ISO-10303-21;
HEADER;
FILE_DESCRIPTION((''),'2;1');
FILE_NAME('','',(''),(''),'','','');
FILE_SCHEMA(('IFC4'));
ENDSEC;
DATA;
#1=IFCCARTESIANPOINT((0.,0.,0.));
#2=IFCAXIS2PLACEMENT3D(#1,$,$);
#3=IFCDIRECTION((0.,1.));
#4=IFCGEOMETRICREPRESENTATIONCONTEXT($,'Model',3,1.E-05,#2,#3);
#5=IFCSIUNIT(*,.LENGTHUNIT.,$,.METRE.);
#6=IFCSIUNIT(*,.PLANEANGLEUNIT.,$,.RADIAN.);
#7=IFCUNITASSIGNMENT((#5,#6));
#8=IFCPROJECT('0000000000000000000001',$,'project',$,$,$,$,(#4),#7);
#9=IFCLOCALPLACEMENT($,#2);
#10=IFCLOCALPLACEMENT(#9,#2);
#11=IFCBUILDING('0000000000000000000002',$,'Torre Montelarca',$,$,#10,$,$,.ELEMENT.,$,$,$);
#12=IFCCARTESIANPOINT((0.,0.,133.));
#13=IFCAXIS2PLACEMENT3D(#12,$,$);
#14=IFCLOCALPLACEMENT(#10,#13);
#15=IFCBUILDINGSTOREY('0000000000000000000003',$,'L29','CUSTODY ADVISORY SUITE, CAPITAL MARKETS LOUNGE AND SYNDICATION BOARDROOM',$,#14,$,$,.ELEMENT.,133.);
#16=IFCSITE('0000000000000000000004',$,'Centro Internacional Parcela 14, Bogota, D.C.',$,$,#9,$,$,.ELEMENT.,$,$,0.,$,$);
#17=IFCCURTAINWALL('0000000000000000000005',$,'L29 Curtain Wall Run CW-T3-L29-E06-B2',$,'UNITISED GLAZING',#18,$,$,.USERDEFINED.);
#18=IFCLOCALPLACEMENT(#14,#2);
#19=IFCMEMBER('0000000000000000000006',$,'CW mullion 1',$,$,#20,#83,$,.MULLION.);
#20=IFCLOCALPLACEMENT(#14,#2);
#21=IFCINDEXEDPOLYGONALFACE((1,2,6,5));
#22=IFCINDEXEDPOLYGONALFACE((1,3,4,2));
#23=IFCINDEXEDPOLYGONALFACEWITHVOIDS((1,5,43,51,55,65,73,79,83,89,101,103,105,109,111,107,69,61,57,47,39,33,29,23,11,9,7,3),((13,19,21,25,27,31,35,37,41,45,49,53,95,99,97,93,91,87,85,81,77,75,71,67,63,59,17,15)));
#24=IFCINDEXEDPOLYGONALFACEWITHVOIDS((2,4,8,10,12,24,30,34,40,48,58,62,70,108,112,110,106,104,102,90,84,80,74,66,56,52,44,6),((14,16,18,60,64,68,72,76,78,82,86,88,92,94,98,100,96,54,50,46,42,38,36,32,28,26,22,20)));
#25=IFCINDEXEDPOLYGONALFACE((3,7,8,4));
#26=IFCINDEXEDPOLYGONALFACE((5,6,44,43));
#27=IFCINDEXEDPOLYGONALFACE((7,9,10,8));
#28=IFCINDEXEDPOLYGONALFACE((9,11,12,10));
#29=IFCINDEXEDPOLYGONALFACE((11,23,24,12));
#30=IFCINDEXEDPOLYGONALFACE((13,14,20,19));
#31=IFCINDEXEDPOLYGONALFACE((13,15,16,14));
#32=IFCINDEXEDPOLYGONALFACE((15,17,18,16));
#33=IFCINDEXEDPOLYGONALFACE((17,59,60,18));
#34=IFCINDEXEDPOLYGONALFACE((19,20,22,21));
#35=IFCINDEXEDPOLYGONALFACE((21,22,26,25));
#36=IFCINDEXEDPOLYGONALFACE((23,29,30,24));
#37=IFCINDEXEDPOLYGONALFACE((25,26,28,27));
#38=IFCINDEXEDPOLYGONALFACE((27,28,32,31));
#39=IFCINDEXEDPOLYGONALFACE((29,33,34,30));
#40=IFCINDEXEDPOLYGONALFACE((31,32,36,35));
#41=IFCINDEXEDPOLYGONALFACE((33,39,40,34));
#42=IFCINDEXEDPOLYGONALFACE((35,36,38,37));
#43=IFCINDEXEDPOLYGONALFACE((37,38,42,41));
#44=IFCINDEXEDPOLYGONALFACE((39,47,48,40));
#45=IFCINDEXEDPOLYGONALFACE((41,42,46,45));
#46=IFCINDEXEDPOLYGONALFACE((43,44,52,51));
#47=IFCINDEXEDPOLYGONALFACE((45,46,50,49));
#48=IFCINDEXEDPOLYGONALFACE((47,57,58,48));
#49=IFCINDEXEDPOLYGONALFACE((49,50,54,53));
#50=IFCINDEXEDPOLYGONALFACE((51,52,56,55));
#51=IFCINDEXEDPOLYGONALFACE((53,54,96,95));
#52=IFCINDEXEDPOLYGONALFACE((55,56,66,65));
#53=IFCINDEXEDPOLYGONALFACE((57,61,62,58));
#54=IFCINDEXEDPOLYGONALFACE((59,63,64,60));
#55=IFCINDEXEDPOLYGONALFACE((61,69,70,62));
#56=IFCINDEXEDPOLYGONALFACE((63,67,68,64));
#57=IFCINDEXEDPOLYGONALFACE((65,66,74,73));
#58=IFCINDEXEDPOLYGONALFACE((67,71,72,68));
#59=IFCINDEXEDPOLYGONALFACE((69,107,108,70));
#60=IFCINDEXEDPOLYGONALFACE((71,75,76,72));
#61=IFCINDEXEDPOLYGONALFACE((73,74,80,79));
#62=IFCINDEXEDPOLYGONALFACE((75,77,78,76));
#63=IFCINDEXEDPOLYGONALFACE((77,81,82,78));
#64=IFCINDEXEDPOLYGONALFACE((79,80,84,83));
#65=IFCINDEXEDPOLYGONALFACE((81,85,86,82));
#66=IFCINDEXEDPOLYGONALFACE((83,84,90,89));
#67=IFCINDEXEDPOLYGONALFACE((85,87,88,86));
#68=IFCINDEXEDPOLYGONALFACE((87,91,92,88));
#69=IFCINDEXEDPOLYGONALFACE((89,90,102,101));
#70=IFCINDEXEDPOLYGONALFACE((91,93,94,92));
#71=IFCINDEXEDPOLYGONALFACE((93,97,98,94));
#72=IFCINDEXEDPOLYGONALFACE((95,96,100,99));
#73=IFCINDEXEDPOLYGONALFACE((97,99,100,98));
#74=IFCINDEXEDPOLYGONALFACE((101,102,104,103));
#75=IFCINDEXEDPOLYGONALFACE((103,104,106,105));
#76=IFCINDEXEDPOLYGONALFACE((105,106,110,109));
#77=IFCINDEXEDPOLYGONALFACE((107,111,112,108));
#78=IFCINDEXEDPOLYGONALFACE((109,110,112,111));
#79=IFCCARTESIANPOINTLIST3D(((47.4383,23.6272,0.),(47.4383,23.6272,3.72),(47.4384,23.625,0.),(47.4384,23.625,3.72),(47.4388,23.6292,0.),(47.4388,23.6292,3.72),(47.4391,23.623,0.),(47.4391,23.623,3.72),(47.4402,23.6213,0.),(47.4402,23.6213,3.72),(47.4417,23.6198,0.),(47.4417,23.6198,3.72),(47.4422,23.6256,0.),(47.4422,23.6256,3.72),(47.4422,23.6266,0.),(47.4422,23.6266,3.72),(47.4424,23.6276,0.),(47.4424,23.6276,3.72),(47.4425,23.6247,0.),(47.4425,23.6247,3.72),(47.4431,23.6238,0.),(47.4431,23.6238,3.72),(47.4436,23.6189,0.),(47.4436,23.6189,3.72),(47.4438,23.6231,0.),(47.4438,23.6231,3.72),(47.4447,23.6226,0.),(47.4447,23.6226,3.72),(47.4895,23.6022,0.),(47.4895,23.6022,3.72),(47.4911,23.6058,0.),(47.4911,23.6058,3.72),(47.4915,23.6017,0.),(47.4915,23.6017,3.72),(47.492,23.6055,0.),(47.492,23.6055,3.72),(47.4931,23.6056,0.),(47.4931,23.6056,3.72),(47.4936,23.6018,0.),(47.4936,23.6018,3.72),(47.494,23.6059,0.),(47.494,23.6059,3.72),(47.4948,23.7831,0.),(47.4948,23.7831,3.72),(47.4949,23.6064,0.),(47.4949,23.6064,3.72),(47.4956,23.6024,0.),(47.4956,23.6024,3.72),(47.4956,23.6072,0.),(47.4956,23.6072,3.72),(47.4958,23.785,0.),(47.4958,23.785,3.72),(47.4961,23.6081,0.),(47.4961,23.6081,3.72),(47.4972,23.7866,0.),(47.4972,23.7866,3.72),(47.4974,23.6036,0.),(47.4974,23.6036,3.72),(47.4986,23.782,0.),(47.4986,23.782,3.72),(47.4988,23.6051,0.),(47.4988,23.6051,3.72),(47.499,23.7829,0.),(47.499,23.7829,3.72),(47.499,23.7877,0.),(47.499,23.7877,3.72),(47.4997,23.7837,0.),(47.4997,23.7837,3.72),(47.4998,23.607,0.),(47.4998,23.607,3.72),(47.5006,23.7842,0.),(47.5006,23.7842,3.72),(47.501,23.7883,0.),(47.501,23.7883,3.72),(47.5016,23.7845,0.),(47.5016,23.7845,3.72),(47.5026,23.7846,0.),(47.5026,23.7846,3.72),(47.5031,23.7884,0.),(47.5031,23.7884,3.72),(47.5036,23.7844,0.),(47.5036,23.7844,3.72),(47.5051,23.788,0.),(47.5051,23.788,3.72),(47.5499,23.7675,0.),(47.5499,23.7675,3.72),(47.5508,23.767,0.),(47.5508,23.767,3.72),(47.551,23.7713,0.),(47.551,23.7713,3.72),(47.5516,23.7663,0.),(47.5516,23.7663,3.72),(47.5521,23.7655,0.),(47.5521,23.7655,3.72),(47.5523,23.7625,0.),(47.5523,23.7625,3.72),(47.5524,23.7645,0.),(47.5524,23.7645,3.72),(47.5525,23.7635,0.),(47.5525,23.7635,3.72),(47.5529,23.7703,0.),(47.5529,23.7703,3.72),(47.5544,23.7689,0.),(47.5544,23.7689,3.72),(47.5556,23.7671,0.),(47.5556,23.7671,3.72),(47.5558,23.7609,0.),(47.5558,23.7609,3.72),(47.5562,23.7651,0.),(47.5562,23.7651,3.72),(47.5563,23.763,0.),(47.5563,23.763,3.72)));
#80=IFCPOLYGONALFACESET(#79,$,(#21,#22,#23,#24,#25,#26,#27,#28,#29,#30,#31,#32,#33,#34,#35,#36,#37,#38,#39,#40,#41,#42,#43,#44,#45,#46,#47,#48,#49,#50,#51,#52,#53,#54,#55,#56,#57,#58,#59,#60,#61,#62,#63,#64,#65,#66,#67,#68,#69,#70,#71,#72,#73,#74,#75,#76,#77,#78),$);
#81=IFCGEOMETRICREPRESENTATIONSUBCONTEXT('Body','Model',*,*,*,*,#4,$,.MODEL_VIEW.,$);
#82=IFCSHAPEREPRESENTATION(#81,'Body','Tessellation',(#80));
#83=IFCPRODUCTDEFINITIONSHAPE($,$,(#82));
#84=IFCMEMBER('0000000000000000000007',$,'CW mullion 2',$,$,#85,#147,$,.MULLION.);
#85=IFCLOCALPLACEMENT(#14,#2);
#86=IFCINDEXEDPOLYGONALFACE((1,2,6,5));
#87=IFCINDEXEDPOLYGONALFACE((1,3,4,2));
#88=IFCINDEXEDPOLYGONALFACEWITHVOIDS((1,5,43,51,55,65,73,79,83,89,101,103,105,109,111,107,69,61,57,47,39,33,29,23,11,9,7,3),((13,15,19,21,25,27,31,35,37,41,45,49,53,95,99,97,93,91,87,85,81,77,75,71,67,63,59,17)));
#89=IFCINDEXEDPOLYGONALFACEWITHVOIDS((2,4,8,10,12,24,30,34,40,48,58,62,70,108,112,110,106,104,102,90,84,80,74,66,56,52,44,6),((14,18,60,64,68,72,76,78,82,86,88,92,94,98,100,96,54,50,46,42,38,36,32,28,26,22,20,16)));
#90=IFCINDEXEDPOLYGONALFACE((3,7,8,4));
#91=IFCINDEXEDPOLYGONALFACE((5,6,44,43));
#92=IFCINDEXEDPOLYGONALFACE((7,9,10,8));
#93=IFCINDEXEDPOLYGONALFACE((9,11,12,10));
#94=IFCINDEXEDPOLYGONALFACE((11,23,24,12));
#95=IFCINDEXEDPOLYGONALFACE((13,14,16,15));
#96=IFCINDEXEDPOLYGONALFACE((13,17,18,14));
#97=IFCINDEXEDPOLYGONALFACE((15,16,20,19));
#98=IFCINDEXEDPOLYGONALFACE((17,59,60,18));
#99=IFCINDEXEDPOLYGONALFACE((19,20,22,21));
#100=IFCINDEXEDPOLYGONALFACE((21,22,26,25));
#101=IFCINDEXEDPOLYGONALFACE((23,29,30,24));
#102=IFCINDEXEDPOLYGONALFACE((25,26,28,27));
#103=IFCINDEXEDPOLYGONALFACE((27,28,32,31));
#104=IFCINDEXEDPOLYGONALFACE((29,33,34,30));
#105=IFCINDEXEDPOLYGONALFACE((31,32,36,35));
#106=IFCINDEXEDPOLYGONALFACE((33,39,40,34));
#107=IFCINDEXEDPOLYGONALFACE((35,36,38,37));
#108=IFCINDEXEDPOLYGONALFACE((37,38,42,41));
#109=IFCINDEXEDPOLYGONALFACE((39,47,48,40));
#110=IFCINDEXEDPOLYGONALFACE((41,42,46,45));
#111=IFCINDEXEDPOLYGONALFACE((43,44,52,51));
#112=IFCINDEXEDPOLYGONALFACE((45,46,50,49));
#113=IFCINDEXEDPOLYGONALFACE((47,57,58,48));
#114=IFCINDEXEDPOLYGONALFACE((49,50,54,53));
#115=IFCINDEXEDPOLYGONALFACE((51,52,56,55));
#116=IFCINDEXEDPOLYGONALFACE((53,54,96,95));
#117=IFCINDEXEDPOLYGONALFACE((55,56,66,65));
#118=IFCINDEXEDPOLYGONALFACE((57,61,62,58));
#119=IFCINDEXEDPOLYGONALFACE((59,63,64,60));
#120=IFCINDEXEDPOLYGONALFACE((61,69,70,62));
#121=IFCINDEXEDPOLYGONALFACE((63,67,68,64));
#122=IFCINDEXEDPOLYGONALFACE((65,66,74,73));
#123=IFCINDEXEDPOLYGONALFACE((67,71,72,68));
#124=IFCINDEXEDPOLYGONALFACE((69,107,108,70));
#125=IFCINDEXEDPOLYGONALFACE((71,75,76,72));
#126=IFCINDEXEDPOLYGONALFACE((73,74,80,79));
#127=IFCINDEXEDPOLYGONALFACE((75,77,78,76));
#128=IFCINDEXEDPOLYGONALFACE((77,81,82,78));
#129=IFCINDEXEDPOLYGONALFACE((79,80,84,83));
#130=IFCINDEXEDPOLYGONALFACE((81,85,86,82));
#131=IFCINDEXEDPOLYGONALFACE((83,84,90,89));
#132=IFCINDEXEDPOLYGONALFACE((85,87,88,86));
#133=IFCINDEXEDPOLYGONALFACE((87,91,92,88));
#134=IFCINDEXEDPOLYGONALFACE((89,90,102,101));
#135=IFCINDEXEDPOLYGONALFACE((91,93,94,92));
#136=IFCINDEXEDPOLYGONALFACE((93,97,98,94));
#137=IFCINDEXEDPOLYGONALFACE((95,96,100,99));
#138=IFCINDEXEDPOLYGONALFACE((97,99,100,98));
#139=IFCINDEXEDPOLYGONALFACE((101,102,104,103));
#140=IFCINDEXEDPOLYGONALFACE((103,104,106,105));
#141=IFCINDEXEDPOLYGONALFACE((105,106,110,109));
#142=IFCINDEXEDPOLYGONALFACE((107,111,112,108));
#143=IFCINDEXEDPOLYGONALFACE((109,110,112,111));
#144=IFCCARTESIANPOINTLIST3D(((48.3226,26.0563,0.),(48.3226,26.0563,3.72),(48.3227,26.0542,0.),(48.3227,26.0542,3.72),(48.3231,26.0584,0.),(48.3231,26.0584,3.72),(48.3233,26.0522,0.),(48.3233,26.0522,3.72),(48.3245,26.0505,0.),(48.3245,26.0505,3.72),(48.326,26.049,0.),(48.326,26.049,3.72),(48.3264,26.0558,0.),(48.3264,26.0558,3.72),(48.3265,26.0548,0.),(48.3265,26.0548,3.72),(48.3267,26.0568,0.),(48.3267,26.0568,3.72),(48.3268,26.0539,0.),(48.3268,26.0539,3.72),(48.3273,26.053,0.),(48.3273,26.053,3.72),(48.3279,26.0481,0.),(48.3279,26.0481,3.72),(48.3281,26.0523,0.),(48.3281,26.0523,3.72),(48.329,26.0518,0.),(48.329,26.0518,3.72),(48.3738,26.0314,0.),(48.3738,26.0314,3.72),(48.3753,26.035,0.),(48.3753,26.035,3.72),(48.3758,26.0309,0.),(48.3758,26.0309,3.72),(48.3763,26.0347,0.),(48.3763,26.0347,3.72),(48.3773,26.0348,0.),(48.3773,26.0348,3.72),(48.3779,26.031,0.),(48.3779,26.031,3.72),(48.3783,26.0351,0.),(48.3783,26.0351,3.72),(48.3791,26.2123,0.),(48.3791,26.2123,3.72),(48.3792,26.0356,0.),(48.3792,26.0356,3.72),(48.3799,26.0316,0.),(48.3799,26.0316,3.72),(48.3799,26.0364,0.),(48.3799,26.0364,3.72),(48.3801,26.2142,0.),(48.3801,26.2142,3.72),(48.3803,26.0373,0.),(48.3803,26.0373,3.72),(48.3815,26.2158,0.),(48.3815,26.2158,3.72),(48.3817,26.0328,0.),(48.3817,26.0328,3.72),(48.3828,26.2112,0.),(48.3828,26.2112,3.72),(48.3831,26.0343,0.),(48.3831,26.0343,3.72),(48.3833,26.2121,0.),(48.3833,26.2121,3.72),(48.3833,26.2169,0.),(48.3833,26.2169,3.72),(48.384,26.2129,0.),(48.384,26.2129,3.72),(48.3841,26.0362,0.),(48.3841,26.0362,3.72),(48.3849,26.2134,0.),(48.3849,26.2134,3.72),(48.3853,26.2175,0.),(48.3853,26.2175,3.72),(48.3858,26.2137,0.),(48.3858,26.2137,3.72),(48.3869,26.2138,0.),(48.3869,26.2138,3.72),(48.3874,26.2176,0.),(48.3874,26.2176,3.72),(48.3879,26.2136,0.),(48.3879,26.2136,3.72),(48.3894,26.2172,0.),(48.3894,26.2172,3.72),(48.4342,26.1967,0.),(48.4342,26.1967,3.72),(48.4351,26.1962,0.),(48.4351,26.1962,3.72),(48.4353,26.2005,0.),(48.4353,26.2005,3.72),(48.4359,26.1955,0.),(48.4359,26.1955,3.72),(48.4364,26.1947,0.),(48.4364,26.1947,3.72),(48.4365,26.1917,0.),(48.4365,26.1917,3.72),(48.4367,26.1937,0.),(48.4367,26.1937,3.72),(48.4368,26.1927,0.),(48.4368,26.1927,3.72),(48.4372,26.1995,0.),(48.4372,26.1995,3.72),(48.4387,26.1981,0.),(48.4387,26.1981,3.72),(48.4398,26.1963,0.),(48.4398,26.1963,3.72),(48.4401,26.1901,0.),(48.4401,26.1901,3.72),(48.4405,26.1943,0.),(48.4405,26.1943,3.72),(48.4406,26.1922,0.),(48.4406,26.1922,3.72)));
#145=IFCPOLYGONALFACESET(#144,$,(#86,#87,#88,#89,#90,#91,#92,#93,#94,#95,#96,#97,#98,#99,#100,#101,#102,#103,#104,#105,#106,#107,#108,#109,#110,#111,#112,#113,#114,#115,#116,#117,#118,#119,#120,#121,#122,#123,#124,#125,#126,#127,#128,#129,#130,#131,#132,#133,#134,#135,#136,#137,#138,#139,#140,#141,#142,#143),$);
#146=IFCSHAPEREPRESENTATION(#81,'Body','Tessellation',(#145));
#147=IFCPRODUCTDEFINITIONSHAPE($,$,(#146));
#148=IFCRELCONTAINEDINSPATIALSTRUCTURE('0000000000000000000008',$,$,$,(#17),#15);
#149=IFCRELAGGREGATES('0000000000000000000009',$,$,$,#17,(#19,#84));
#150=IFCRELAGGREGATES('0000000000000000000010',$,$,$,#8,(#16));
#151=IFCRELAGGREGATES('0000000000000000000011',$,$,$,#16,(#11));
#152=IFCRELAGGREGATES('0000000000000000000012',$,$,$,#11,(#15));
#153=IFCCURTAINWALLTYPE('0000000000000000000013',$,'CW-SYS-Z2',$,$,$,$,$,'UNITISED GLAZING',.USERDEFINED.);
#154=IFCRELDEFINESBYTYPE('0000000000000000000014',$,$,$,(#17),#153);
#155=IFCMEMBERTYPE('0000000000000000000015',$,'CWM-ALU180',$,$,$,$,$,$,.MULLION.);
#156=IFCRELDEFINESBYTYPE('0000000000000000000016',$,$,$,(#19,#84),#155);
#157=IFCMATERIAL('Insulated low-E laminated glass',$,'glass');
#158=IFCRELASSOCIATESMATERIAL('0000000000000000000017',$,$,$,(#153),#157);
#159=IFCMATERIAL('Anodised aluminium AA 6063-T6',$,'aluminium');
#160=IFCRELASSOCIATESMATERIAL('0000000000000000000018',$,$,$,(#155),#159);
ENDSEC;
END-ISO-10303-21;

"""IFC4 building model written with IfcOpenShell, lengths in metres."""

from ifc_helpers import new_model, si_unit, direction, frame, origin, origin_2d, place, context, subcontext, project, spatial, hollow_rectangle, extrude, source, transform, mapped, material, material_profile, profile_set, type_object, element, aggregate, save


model = new_model("IFC4")

# Units and contexts
model_context = context("Model", 3, precision=1e-05, world=origin(), true_north=direction((0.0, 1.0)))
body_context = subcontext(model_context, "Body", "Model", "MODEL_VIEW")
ifc_project = project(units=[si_unit("LENGTHUNIT", "METRE"), si_unit("PLANEANGLEUNIT", "RADIAN")], contexts=[model_context])

# Site, building, storey
site_placement = place(None, origin())
site = spatial("IfcSite", under=ifc_project, at=site_placement, Name="Centro Internacional Parcela 14, Bogota, D.C.", CompositionType="ELEMENT", RefElevation=0.0)
building_placement = place(site_placement, origin())
building = spatial("IfcBuilding", under=site, at=building_placement, Name="Torre Montelarca", CompositionType="ELEMENT")
storey_placement = place(building_placement, frame((0.0, 0.0, 133.0)))
storey = spatial("IfcBuildingStorey", under=building, at=storey_placement, Name="L29", Description="CUSTODY ADVISORY SUITE, CAPITAL MARKETS LOUNGE AND SYNDICATION BOARDROOM", CompositionType="ELEMENT", Elevation=133.0)

# Curtain wall, members
ifc_material_1 = material(Name="Insulated low-E laminated glass", Category="glass")
curtain_wall_type = type_object("IfcCurtainWallType", Name="CW-SYS-Z2", ElementType="UNITISED GLAZING", PredefinedType="USERDEFINED", material=ifc_material_1)
ifc_material_2 = material(Name="Anodised aluminium AA 6063-T6", Category="aluminium")
ifc_material_profile_1 = material_profile(ifc_material_2, hollow_rectangle(XDim=0.0649, YDim=0.1799, WallThickness=0.0039, InnerFilletRadius=0.0039, OuterFilletRadius=0.0081, at=origin_2d()), Name="ALU65X180X4", Category="aluminium")
ifc_profile_set_1 = profile_set([ifc_material_profile_1], Name="Anodised aluminium AA 6063-T6")
member_type_1 = type_object("IfcMemberType", Name="CWM-ALU180", PredefinedType="MULLION", material=ifc_profile_set_1)
shared_shape_1 = source(origin(), body_context, "Body", "SweptSolid", [
    extrude(hollow_rectangle(XDim=0.0649, YDim=0.1799, WallThickness=0.0039, InnerFilletRadius=0.0039, OuterFilletRadius=0.0081, at=origin_2d()), origin(), (0.0, 0.0, 1.0), 3.72),
])
curtain_wall_1_placement = place(storey_placement, origin())
curtain_wall_1 = element("IfcCurtainWall", 1, at=curtain_wall_1_placement, inside=storey, type_object=curtain_wall_type, Name="L29 Curtain Wall Run CW-T3-L29-E06-B2", ObjectType="UNITISED GLAZING", PredefinedType="USERDEFINED")
member_1_placement = place(storey_placement, frame((47.4973, 23.6951, 0.0), z_axis=(0.0, 0.0, 1.0), x_axis=(-0.939697, 0.342007, 0.0)))
member_1 = element("IfcMember", 2, at=member_1_placement, type_object=member_type_1, Name="CW mullion 1", PredefinedType="MULLION", context=body_context, shape_type="MappedRepresentation", body=[
    mapped(shared_shape_1, transform((0.0, 0.0, 0.0), scale=1.0)),
])
member_2_placement = place(storey_placement, frame((48.3816, 26.1243, 0.0), z_axis=(0.0, 0.0, 1.0), x_axis=(-0.939697, 0.342007, 0.0)))
member_2 = element("IfcMember", 3, at=member_2_placement, type_object=member_type_1, Name="CW mullion 2", PredefinedType="MULLION", context=body_context, shape_type="MappedRepresentation", body=[
    mapped(shared_shape_1, transform((0.0, 0.0, 0.0), scale=1.0)),
])

aggregate(curtain_wall_1, [member_1, member_2])

save(model, "model.ifc")
